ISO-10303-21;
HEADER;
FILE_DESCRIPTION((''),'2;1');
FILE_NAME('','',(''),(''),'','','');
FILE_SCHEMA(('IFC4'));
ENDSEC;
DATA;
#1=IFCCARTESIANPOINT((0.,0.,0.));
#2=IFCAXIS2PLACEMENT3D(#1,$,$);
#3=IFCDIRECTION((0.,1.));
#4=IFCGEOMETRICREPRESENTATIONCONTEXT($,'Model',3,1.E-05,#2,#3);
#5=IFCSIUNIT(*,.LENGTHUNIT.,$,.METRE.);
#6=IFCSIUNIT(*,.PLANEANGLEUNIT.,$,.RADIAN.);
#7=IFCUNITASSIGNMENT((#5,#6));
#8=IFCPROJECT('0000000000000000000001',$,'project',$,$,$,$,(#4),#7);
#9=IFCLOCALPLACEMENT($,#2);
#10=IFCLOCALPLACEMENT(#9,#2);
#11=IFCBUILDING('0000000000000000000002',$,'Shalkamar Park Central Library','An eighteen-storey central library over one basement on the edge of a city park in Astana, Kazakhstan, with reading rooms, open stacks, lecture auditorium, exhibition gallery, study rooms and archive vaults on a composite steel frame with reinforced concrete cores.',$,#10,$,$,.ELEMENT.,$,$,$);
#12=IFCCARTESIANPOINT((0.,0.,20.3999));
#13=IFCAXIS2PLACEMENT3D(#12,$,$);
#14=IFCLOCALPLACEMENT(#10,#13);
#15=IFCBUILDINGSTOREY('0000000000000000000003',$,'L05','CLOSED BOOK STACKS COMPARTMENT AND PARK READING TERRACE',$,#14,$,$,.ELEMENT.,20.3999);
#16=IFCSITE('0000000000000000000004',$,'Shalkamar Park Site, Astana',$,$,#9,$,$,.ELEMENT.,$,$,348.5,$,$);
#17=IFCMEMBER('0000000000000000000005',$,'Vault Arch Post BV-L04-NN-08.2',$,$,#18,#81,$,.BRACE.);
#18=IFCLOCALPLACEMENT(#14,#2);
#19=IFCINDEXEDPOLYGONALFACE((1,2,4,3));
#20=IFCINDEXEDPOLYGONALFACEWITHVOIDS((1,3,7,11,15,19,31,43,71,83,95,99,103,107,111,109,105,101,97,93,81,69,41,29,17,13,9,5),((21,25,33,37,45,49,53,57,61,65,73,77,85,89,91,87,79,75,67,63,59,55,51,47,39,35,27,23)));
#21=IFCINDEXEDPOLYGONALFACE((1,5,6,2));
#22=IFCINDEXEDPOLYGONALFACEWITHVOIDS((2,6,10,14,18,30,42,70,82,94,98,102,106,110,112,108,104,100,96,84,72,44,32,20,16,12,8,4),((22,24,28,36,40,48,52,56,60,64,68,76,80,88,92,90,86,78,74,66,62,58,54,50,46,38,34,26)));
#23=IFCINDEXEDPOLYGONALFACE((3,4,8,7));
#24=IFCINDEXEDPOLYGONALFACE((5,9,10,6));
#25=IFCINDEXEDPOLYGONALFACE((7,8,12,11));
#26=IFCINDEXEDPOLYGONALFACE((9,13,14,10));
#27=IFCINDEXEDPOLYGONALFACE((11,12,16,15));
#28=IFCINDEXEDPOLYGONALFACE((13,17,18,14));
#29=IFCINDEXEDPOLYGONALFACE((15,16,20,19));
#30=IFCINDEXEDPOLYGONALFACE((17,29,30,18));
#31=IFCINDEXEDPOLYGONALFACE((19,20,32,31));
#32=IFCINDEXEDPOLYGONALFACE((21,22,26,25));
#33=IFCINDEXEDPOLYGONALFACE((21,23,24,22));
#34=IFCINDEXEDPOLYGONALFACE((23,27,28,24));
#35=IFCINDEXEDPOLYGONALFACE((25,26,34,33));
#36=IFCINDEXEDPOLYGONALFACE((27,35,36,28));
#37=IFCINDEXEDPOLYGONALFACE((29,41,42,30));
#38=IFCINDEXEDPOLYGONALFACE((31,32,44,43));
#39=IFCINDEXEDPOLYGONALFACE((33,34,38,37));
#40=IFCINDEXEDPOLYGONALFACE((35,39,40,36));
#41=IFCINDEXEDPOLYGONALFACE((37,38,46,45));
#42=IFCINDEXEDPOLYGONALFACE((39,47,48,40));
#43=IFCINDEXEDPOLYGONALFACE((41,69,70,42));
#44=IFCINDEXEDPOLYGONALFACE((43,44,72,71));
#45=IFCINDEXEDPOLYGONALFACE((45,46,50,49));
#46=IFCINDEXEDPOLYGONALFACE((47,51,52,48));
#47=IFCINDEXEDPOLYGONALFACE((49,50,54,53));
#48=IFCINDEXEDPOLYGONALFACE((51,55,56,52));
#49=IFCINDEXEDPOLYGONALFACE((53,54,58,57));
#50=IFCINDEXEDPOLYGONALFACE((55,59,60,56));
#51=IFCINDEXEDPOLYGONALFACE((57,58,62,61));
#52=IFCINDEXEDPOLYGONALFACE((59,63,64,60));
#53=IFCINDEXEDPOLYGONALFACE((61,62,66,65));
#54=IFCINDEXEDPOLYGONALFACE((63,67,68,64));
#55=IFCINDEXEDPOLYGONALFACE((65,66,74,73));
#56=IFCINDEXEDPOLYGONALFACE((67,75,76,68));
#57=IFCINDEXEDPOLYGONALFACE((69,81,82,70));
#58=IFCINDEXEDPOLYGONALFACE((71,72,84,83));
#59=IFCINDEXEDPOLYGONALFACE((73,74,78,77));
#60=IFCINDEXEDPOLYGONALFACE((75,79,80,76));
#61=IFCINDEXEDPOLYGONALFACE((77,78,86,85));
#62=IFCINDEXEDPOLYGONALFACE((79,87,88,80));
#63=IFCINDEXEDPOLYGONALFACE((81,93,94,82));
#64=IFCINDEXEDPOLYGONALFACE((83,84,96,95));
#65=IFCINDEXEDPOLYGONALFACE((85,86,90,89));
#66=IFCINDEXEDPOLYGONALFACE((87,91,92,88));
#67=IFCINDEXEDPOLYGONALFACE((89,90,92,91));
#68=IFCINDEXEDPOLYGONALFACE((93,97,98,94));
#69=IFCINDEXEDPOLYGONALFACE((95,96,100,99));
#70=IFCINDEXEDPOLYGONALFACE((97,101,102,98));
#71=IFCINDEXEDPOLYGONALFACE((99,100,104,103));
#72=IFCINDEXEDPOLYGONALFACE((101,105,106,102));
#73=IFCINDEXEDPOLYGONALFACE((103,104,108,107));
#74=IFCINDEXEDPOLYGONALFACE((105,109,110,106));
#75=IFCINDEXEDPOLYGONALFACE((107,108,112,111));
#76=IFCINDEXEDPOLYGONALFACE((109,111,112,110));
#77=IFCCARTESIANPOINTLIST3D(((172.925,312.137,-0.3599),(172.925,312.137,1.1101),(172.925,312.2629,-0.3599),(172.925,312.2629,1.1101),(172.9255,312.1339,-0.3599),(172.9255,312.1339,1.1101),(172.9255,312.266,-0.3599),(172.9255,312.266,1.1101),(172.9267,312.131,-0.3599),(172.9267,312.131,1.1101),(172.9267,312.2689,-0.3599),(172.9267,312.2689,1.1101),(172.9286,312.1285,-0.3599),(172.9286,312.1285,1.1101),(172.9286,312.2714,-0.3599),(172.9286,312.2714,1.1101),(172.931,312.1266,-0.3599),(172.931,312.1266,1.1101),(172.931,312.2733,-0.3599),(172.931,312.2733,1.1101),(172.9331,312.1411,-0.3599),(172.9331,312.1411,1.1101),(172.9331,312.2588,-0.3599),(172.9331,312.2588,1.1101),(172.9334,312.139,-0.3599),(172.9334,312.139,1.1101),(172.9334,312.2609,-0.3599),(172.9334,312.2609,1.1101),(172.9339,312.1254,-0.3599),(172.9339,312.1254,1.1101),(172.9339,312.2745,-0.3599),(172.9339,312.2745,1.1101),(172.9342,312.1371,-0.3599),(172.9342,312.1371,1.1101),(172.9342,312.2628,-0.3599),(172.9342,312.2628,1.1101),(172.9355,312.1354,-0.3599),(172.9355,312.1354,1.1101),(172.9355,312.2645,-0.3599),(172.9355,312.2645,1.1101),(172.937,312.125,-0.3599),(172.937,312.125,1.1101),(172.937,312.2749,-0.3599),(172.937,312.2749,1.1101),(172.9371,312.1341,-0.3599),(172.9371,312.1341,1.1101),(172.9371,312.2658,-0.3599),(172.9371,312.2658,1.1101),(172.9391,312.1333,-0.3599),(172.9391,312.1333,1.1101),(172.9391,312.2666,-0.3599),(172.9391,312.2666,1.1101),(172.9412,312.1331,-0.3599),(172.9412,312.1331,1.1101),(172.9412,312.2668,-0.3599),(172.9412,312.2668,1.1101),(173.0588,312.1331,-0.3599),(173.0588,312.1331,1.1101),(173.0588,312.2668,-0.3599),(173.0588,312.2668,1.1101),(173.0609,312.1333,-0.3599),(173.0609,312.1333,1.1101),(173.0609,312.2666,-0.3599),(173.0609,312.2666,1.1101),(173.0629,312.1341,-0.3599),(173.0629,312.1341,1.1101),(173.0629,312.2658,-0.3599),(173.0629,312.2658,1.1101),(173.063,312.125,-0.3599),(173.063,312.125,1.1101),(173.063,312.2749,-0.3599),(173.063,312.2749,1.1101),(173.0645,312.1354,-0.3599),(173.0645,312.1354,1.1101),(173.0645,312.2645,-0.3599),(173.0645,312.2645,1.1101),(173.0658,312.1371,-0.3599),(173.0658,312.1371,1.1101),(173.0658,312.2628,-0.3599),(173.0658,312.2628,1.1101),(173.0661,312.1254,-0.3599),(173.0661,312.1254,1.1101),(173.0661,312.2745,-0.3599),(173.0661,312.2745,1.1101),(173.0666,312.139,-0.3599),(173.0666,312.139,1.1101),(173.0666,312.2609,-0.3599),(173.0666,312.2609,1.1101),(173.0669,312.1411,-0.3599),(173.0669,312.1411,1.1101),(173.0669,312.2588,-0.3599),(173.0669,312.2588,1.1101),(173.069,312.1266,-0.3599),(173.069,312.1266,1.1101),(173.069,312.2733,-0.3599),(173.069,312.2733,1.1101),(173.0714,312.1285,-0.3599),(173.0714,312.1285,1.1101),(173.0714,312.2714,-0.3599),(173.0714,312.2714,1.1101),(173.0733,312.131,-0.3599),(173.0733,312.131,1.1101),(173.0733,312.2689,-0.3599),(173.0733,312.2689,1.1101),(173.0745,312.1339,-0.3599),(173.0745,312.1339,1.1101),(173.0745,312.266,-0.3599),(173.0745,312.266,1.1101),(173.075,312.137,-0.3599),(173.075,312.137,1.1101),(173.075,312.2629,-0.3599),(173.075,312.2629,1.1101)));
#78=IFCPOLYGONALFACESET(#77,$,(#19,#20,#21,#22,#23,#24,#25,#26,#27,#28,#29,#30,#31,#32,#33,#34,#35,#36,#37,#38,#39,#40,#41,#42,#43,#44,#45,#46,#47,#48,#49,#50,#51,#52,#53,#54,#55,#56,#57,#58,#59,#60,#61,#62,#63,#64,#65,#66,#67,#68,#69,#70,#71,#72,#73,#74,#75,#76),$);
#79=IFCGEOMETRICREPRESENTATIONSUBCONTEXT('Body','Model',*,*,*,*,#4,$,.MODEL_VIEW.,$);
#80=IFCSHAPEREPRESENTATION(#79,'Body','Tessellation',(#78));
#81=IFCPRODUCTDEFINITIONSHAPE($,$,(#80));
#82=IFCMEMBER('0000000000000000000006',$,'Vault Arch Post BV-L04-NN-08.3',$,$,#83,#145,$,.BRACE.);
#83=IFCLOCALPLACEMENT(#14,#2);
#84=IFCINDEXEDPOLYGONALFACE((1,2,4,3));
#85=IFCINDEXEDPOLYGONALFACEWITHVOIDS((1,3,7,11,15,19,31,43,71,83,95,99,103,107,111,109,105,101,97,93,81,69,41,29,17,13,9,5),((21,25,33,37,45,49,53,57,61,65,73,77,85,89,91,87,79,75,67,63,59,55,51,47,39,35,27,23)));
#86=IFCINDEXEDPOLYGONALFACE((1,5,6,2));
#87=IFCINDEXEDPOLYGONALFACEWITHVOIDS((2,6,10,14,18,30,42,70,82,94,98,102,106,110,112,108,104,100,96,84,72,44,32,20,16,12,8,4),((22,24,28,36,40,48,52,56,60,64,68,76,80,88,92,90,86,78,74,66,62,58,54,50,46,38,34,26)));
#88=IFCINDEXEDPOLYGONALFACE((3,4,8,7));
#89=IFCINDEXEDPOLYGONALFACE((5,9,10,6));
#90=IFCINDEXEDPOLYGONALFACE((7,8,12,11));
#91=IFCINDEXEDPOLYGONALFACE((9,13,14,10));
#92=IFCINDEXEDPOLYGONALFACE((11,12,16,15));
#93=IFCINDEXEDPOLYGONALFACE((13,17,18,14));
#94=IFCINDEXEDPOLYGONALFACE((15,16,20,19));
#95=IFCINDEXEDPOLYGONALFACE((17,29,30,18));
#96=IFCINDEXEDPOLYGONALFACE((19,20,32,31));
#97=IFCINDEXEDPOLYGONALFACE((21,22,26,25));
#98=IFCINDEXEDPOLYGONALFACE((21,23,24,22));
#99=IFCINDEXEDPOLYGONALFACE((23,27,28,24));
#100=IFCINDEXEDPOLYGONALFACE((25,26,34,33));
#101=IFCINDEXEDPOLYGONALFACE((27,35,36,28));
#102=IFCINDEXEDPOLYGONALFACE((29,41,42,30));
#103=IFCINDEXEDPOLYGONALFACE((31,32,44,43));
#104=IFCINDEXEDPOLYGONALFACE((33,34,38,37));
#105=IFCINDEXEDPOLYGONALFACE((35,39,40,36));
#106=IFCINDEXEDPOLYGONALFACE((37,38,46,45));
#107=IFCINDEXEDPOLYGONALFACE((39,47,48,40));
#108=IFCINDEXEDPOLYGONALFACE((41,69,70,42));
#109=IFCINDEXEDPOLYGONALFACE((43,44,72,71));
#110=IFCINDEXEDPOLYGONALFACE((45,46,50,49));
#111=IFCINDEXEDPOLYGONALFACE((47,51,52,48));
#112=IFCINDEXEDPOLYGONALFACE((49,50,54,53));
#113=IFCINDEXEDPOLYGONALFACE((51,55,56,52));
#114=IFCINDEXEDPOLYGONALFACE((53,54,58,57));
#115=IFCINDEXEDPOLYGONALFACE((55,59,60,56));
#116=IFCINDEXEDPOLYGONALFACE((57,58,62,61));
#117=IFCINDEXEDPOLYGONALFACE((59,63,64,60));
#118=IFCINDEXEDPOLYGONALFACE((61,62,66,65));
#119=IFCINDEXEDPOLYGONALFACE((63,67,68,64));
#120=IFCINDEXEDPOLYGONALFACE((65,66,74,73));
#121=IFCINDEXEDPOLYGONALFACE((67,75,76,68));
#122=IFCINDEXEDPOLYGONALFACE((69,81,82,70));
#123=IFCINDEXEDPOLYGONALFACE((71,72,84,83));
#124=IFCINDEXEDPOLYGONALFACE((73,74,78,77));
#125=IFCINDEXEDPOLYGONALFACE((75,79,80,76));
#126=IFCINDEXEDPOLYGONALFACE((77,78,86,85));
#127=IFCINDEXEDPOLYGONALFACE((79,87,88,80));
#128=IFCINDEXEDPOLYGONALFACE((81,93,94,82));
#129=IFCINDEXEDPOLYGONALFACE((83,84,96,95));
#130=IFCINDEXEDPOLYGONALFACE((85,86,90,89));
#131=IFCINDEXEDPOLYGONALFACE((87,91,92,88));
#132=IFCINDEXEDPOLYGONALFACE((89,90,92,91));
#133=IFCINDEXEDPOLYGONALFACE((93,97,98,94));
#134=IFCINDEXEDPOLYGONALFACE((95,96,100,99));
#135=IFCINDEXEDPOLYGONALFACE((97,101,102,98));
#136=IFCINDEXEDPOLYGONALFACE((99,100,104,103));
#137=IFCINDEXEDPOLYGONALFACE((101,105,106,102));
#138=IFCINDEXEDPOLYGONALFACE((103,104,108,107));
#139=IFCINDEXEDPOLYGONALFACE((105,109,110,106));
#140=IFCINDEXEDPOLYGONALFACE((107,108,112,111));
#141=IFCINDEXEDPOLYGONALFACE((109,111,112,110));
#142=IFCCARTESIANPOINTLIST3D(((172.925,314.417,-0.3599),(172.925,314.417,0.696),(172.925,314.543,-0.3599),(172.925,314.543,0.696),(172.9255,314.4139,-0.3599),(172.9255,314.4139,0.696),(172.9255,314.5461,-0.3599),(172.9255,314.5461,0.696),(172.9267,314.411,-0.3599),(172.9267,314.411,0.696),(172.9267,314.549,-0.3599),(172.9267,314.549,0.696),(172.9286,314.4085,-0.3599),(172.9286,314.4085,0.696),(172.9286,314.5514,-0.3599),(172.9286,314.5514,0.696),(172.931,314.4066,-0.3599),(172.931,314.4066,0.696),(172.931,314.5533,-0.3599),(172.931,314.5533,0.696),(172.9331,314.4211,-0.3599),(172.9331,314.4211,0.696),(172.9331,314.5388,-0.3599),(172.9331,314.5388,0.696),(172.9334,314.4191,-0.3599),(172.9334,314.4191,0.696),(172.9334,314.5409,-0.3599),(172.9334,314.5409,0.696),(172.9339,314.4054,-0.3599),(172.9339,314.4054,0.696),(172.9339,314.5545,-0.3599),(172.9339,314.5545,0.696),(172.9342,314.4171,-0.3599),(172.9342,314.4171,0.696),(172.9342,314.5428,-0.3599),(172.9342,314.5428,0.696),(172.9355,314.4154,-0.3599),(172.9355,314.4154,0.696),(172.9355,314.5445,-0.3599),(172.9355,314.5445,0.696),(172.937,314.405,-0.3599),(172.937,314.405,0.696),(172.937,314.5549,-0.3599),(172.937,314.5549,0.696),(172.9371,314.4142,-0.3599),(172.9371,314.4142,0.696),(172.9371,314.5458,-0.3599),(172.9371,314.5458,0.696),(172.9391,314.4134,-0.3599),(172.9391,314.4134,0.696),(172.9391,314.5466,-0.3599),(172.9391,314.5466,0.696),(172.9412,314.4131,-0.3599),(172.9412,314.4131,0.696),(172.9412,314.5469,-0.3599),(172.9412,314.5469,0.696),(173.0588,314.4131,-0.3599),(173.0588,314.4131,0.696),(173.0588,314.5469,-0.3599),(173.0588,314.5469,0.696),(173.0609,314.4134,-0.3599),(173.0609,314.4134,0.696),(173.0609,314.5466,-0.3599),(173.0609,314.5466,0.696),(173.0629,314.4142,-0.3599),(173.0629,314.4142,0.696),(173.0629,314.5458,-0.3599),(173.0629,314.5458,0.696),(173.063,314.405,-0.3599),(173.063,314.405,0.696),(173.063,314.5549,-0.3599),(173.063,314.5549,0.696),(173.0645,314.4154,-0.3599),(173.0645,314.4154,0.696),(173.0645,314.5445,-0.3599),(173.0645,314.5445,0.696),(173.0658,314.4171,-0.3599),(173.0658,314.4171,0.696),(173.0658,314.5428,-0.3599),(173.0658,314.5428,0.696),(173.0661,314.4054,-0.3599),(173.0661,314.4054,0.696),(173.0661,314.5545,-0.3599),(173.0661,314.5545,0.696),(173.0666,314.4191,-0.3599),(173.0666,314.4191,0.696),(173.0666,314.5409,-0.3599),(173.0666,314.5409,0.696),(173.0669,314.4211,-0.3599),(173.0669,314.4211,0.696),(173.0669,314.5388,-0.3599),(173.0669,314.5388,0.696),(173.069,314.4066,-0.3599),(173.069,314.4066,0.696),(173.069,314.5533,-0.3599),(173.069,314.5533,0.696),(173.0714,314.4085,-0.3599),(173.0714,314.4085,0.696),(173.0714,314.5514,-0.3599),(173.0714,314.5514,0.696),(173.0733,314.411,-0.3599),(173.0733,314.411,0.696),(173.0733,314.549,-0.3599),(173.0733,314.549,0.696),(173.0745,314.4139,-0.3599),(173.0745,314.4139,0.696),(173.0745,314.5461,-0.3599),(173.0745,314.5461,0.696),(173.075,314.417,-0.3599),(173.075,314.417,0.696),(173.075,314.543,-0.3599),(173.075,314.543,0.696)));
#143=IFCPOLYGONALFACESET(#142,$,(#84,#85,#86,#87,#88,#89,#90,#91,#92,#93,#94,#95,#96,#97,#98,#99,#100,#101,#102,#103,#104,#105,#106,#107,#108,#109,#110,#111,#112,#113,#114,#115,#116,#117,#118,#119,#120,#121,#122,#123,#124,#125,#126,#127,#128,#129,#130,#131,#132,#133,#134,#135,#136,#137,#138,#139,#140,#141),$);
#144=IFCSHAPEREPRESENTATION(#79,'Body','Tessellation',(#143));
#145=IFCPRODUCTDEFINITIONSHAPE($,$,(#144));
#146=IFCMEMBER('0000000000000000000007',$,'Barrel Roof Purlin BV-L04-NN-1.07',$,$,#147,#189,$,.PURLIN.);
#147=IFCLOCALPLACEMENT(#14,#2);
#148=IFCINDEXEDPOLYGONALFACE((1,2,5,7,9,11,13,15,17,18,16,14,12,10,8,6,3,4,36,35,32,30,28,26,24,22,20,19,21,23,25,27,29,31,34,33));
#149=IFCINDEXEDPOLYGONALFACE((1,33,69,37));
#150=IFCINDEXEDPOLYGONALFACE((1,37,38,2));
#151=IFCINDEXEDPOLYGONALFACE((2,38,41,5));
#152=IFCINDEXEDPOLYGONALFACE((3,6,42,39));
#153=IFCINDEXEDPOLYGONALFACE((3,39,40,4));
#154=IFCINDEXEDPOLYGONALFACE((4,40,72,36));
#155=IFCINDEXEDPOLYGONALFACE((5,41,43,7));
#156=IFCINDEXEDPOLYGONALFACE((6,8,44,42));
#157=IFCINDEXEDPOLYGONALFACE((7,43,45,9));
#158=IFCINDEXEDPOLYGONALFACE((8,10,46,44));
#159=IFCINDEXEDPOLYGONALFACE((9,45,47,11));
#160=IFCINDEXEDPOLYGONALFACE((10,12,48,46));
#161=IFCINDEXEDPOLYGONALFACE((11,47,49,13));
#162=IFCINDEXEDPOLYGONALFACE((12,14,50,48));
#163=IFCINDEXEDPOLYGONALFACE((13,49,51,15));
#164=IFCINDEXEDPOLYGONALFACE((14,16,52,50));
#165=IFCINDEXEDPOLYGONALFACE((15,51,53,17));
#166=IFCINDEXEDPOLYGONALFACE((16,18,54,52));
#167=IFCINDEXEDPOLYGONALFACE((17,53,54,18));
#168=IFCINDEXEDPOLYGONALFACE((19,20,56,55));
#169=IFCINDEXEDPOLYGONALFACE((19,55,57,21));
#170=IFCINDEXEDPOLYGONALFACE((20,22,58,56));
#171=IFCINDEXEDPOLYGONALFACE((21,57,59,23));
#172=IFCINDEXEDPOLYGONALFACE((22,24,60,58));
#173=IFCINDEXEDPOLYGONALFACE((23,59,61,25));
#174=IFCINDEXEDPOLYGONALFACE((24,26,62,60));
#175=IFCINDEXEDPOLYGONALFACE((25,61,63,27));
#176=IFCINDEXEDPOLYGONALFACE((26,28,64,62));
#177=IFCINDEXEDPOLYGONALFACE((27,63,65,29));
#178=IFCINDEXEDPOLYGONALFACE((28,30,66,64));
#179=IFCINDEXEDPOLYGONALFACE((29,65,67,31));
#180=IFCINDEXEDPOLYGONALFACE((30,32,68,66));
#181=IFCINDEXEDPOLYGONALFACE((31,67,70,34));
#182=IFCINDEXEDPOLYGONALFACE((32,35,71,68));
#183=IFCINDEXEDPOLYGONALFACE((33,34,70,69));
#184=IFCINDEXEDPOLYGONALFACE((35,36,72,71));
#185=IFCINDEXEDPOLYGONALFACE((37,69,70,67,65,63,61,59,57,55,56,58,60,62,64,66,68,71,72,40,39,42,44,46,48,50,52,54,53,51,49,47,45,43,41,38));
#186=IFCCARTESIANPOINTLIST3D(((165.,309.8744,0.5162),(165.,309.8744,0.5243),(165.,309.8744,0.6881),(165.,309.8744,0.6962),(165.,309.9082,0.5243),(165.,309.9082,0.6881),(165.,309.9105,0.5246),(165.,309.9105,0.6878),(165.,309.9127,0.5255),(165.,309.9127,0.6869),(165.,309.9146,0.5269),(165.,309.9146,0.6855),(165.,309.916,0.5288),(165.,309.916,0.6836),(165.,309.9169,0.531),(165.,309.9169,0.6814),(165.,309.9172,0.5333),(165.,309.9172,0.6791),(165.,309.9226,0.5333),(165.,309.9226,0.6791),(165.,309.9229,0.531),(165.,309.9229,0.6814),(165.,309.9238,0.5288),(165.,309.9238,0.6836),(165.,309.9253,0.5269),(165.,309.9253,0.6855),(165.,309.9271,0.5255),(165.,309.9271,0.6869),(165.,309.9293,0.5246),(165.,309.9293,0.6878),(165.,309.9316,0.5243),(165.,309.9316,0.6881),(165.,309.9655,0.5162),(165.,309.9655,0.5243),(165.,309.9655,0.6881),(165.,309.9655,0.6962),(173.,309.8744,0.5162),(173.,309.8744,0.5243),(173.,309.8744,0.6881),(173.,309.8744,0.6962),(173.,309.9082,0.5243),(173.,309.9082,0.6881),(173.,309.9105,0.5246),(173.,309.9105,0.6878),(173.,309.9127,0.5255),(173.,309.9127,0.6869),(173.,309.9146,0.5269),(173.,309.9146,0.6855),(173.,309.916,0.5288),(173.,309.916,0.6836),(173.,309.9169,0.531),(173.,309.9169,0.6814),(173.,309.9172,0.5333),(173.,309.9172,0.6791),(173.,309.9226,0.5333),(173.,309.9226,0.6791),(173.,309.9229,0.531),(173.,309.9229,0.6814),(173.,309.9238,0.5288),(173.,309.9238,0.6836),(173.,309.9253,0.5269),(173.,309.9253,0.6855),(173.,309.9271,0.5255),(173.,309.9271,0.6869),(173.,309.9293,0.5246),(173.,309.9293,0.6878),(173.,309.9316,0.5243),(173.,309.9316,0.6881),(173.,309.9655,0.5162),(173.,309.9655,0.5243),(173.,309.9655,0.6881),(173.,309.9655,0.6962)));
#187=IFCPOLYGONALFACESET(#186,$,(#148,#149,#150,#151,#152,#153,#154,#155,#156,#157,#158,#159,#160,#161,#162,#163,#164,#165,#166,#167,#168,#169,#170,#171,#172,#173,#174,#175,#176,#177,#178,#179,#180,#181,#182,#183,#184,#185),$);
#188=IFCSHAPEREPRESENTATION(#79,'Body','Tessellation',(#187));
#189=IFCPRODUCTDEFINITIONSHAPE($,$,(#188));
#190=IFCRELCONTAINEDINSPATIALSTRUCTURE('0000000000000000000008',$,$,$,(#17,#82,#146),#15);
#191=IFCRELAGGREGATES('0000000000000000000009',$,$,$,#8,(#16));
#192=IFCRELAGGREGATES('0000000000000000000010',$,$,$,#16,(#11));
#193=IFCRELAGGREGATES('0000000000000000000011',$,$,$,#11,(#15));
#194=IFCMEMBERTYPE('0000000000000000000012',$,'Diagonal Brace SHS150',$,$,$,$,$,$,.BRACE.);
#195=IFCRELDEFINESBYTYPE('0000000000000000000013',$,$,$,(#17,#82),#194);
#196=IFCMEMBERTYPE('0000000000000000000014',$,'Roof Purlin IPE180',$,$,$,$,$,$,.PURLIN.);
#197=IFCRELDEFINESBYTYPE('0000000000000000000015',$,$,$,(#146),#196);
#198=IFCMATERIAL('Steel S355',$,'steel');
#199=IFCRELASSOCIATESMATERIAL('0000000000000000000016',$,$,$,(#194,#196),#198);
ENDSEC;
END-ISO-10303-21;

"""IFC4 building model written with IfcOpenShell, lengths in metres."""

from ifc_helpers import new_model, si_unit, direction, frame, origin, origin_2d, place, context, subcontext, project, spatial, hollow_rectangle, i_section, extrude, material, material_profile, profile_set, type_object, element, save


model = new_model("IFC4")

# Units and contexts
model_context = context("Model", 3, precision=1e-05, world=origin(), true_north=direction((0.0, 1.0)))
body_context = subcontext(model_context, "Body", "Model", "MODEL_VIEW")
ifc_project = project(units=[si_unit("LENGTHUNIT", "METRE"), si_unit("PLANEANGLEUNIT", "RADIAN")], contexts=[model_context])

# Site, building, storey
site_placement = place(None, origin())
site = spatial("IfcSite", under=ifc_project, at=site_placement, Name="Shalkamar Park Site, Astana", CompositionType="ELEMENT", RefElevation=348.5)
building_placement = place(site_placement, origin())
building = spatial("IfcBuilding", under=site, at=building_placement, Name="Shalkamar Park Central Library", Description="An eighteen-storey central library over one basement on the edge of a city park in Astana, Kazakhstan, with reading rooms, open stacks, lecture auditorium, exhibition gallery, study rooms and archive vaults on a composite steel frame with reinforced concrete cores.", CompositionType="ELEMENT")
storey_placement = place(building_placement, frame((0.0, 0.0, 20.3999)))
storey = spatial("IfcBuildingStorey", under=building, at=storey_placement, Name="L05", Description="CLOSED BOOK STACKS COMPARTMENT AND PARK READING TERRACE", CompositionType="ELEMENT", Elevation=20.3999)

# Members
ifc_material_1 = material(Name="Steel S355", Category="steel")
ifc_material_profile_1 = material_profile(ifc_material_1, hollow_rectangle(XDim=0.1499, YDim=0.1499, WallThickness=0.0081, InnerFilletRadius=0.0081, OuterFilletRadius=0.012, at=origin_2d()), Name="SHS 150x150x8")
ifc_profile_set_1 = profile_set([ifc_material_profile_1], Name="Steel S355")
member_type_1 = type_object("IfcMemberType", Name="Diagonal Brace SHS150", PredefinedType="BRACE", material=ifc_profile_set_1)
member_1_placement = place(storey_placement, frame((173.0, 312.2, -0.3599), z_axis=(0.0, 0.0, 1.0), x_axis=(1.0, 0.0, 0.0)))
element("IfcMember", 1, at=member_1_placement, inside=storey, type_object=member_type_1, Name="Vault Arch Post BV-L04-NN-08.2", PredefinedType="BRACE", context=body_context, shape_type="SweptSolid", body=[
    extrude(hollow_rectangle(XDim=0.1499, YDim=0.1499, WallThickness=0.0081, InnerFilletRadius=0.0081, OuterFilletRadius=0.012, at=origin_2d()), origin(), (0.0, 0.0, 1.0), 1.47),
])
member_2_placement = place(storey_placement, frame((173.0, 314.48, -0.3599), z_axis=(0.0, 0.0, 1.0), x_axis=(1.0, 0.0, 0.0)))
element("IfcMember", 2, at=member_2_placement, inside=storey, type_object=member_type_1, Name="Vault Arch Post BV-L04-NN-08.3", PredefinedType="BRACE", context=body_context, shape_type="SweptSolid", body=[
    extrude(hollow_rectangle(XDim=0.1499, YDim=0.1499, WallThickness=0.0081, InnerFilletRadius=0.0081, OuterFilletRadius=0.012, at=origin_2d()), origin(), (0.0, 0.0, 1.0), 1.0559),
])
ifc_material_profile_2 = material_profile(ifc_material_1, i_section(OverallWidth=0.0911, OverallDepth=0.1799, WebThickness=0.0054, FlangeThickness=0.0081, FilletRadius=0.009, at=origin_2d()), Name="IPE 180")
ifc_profile_set_2 = profile_set([ifc_material_profile_2], Name="Steel S355")
member_type_2 = type_object("IfcMemberType", Name="Roof Purlin IPE180", PredefinedType="PURLIN", material=ifc_profile_set_2)
for number, where, z_axis, x_axis, name in (
    (3, (165.0, 309.9199, 0.6062), (1.0, 0.0, 0.0), (0.0, 1.0, 0.0), "Barrel Roof Purlin BV-L04-NN-1.07"),
):
    element("IfcMember", number, at=place(storey_placement, frame(where, z_axis=z_axis, x_axis=x_axis)), inside=storey, type_object=member_type_2, Name=name, PredefinedType="PURLIN", context=body_context, shape_type="SweptSolid", body=[
        extrude(i_section(OverallWidth=0.0911, OverallDepth=0.1799, WebThickness=0.0054, FlangeThickness=0.0081, FilletRadius=0.009, at=origin_2d()), origin(), (0.0, 0.0, 1.0), 8.0),
    ])

save(model, "model.ifc")
